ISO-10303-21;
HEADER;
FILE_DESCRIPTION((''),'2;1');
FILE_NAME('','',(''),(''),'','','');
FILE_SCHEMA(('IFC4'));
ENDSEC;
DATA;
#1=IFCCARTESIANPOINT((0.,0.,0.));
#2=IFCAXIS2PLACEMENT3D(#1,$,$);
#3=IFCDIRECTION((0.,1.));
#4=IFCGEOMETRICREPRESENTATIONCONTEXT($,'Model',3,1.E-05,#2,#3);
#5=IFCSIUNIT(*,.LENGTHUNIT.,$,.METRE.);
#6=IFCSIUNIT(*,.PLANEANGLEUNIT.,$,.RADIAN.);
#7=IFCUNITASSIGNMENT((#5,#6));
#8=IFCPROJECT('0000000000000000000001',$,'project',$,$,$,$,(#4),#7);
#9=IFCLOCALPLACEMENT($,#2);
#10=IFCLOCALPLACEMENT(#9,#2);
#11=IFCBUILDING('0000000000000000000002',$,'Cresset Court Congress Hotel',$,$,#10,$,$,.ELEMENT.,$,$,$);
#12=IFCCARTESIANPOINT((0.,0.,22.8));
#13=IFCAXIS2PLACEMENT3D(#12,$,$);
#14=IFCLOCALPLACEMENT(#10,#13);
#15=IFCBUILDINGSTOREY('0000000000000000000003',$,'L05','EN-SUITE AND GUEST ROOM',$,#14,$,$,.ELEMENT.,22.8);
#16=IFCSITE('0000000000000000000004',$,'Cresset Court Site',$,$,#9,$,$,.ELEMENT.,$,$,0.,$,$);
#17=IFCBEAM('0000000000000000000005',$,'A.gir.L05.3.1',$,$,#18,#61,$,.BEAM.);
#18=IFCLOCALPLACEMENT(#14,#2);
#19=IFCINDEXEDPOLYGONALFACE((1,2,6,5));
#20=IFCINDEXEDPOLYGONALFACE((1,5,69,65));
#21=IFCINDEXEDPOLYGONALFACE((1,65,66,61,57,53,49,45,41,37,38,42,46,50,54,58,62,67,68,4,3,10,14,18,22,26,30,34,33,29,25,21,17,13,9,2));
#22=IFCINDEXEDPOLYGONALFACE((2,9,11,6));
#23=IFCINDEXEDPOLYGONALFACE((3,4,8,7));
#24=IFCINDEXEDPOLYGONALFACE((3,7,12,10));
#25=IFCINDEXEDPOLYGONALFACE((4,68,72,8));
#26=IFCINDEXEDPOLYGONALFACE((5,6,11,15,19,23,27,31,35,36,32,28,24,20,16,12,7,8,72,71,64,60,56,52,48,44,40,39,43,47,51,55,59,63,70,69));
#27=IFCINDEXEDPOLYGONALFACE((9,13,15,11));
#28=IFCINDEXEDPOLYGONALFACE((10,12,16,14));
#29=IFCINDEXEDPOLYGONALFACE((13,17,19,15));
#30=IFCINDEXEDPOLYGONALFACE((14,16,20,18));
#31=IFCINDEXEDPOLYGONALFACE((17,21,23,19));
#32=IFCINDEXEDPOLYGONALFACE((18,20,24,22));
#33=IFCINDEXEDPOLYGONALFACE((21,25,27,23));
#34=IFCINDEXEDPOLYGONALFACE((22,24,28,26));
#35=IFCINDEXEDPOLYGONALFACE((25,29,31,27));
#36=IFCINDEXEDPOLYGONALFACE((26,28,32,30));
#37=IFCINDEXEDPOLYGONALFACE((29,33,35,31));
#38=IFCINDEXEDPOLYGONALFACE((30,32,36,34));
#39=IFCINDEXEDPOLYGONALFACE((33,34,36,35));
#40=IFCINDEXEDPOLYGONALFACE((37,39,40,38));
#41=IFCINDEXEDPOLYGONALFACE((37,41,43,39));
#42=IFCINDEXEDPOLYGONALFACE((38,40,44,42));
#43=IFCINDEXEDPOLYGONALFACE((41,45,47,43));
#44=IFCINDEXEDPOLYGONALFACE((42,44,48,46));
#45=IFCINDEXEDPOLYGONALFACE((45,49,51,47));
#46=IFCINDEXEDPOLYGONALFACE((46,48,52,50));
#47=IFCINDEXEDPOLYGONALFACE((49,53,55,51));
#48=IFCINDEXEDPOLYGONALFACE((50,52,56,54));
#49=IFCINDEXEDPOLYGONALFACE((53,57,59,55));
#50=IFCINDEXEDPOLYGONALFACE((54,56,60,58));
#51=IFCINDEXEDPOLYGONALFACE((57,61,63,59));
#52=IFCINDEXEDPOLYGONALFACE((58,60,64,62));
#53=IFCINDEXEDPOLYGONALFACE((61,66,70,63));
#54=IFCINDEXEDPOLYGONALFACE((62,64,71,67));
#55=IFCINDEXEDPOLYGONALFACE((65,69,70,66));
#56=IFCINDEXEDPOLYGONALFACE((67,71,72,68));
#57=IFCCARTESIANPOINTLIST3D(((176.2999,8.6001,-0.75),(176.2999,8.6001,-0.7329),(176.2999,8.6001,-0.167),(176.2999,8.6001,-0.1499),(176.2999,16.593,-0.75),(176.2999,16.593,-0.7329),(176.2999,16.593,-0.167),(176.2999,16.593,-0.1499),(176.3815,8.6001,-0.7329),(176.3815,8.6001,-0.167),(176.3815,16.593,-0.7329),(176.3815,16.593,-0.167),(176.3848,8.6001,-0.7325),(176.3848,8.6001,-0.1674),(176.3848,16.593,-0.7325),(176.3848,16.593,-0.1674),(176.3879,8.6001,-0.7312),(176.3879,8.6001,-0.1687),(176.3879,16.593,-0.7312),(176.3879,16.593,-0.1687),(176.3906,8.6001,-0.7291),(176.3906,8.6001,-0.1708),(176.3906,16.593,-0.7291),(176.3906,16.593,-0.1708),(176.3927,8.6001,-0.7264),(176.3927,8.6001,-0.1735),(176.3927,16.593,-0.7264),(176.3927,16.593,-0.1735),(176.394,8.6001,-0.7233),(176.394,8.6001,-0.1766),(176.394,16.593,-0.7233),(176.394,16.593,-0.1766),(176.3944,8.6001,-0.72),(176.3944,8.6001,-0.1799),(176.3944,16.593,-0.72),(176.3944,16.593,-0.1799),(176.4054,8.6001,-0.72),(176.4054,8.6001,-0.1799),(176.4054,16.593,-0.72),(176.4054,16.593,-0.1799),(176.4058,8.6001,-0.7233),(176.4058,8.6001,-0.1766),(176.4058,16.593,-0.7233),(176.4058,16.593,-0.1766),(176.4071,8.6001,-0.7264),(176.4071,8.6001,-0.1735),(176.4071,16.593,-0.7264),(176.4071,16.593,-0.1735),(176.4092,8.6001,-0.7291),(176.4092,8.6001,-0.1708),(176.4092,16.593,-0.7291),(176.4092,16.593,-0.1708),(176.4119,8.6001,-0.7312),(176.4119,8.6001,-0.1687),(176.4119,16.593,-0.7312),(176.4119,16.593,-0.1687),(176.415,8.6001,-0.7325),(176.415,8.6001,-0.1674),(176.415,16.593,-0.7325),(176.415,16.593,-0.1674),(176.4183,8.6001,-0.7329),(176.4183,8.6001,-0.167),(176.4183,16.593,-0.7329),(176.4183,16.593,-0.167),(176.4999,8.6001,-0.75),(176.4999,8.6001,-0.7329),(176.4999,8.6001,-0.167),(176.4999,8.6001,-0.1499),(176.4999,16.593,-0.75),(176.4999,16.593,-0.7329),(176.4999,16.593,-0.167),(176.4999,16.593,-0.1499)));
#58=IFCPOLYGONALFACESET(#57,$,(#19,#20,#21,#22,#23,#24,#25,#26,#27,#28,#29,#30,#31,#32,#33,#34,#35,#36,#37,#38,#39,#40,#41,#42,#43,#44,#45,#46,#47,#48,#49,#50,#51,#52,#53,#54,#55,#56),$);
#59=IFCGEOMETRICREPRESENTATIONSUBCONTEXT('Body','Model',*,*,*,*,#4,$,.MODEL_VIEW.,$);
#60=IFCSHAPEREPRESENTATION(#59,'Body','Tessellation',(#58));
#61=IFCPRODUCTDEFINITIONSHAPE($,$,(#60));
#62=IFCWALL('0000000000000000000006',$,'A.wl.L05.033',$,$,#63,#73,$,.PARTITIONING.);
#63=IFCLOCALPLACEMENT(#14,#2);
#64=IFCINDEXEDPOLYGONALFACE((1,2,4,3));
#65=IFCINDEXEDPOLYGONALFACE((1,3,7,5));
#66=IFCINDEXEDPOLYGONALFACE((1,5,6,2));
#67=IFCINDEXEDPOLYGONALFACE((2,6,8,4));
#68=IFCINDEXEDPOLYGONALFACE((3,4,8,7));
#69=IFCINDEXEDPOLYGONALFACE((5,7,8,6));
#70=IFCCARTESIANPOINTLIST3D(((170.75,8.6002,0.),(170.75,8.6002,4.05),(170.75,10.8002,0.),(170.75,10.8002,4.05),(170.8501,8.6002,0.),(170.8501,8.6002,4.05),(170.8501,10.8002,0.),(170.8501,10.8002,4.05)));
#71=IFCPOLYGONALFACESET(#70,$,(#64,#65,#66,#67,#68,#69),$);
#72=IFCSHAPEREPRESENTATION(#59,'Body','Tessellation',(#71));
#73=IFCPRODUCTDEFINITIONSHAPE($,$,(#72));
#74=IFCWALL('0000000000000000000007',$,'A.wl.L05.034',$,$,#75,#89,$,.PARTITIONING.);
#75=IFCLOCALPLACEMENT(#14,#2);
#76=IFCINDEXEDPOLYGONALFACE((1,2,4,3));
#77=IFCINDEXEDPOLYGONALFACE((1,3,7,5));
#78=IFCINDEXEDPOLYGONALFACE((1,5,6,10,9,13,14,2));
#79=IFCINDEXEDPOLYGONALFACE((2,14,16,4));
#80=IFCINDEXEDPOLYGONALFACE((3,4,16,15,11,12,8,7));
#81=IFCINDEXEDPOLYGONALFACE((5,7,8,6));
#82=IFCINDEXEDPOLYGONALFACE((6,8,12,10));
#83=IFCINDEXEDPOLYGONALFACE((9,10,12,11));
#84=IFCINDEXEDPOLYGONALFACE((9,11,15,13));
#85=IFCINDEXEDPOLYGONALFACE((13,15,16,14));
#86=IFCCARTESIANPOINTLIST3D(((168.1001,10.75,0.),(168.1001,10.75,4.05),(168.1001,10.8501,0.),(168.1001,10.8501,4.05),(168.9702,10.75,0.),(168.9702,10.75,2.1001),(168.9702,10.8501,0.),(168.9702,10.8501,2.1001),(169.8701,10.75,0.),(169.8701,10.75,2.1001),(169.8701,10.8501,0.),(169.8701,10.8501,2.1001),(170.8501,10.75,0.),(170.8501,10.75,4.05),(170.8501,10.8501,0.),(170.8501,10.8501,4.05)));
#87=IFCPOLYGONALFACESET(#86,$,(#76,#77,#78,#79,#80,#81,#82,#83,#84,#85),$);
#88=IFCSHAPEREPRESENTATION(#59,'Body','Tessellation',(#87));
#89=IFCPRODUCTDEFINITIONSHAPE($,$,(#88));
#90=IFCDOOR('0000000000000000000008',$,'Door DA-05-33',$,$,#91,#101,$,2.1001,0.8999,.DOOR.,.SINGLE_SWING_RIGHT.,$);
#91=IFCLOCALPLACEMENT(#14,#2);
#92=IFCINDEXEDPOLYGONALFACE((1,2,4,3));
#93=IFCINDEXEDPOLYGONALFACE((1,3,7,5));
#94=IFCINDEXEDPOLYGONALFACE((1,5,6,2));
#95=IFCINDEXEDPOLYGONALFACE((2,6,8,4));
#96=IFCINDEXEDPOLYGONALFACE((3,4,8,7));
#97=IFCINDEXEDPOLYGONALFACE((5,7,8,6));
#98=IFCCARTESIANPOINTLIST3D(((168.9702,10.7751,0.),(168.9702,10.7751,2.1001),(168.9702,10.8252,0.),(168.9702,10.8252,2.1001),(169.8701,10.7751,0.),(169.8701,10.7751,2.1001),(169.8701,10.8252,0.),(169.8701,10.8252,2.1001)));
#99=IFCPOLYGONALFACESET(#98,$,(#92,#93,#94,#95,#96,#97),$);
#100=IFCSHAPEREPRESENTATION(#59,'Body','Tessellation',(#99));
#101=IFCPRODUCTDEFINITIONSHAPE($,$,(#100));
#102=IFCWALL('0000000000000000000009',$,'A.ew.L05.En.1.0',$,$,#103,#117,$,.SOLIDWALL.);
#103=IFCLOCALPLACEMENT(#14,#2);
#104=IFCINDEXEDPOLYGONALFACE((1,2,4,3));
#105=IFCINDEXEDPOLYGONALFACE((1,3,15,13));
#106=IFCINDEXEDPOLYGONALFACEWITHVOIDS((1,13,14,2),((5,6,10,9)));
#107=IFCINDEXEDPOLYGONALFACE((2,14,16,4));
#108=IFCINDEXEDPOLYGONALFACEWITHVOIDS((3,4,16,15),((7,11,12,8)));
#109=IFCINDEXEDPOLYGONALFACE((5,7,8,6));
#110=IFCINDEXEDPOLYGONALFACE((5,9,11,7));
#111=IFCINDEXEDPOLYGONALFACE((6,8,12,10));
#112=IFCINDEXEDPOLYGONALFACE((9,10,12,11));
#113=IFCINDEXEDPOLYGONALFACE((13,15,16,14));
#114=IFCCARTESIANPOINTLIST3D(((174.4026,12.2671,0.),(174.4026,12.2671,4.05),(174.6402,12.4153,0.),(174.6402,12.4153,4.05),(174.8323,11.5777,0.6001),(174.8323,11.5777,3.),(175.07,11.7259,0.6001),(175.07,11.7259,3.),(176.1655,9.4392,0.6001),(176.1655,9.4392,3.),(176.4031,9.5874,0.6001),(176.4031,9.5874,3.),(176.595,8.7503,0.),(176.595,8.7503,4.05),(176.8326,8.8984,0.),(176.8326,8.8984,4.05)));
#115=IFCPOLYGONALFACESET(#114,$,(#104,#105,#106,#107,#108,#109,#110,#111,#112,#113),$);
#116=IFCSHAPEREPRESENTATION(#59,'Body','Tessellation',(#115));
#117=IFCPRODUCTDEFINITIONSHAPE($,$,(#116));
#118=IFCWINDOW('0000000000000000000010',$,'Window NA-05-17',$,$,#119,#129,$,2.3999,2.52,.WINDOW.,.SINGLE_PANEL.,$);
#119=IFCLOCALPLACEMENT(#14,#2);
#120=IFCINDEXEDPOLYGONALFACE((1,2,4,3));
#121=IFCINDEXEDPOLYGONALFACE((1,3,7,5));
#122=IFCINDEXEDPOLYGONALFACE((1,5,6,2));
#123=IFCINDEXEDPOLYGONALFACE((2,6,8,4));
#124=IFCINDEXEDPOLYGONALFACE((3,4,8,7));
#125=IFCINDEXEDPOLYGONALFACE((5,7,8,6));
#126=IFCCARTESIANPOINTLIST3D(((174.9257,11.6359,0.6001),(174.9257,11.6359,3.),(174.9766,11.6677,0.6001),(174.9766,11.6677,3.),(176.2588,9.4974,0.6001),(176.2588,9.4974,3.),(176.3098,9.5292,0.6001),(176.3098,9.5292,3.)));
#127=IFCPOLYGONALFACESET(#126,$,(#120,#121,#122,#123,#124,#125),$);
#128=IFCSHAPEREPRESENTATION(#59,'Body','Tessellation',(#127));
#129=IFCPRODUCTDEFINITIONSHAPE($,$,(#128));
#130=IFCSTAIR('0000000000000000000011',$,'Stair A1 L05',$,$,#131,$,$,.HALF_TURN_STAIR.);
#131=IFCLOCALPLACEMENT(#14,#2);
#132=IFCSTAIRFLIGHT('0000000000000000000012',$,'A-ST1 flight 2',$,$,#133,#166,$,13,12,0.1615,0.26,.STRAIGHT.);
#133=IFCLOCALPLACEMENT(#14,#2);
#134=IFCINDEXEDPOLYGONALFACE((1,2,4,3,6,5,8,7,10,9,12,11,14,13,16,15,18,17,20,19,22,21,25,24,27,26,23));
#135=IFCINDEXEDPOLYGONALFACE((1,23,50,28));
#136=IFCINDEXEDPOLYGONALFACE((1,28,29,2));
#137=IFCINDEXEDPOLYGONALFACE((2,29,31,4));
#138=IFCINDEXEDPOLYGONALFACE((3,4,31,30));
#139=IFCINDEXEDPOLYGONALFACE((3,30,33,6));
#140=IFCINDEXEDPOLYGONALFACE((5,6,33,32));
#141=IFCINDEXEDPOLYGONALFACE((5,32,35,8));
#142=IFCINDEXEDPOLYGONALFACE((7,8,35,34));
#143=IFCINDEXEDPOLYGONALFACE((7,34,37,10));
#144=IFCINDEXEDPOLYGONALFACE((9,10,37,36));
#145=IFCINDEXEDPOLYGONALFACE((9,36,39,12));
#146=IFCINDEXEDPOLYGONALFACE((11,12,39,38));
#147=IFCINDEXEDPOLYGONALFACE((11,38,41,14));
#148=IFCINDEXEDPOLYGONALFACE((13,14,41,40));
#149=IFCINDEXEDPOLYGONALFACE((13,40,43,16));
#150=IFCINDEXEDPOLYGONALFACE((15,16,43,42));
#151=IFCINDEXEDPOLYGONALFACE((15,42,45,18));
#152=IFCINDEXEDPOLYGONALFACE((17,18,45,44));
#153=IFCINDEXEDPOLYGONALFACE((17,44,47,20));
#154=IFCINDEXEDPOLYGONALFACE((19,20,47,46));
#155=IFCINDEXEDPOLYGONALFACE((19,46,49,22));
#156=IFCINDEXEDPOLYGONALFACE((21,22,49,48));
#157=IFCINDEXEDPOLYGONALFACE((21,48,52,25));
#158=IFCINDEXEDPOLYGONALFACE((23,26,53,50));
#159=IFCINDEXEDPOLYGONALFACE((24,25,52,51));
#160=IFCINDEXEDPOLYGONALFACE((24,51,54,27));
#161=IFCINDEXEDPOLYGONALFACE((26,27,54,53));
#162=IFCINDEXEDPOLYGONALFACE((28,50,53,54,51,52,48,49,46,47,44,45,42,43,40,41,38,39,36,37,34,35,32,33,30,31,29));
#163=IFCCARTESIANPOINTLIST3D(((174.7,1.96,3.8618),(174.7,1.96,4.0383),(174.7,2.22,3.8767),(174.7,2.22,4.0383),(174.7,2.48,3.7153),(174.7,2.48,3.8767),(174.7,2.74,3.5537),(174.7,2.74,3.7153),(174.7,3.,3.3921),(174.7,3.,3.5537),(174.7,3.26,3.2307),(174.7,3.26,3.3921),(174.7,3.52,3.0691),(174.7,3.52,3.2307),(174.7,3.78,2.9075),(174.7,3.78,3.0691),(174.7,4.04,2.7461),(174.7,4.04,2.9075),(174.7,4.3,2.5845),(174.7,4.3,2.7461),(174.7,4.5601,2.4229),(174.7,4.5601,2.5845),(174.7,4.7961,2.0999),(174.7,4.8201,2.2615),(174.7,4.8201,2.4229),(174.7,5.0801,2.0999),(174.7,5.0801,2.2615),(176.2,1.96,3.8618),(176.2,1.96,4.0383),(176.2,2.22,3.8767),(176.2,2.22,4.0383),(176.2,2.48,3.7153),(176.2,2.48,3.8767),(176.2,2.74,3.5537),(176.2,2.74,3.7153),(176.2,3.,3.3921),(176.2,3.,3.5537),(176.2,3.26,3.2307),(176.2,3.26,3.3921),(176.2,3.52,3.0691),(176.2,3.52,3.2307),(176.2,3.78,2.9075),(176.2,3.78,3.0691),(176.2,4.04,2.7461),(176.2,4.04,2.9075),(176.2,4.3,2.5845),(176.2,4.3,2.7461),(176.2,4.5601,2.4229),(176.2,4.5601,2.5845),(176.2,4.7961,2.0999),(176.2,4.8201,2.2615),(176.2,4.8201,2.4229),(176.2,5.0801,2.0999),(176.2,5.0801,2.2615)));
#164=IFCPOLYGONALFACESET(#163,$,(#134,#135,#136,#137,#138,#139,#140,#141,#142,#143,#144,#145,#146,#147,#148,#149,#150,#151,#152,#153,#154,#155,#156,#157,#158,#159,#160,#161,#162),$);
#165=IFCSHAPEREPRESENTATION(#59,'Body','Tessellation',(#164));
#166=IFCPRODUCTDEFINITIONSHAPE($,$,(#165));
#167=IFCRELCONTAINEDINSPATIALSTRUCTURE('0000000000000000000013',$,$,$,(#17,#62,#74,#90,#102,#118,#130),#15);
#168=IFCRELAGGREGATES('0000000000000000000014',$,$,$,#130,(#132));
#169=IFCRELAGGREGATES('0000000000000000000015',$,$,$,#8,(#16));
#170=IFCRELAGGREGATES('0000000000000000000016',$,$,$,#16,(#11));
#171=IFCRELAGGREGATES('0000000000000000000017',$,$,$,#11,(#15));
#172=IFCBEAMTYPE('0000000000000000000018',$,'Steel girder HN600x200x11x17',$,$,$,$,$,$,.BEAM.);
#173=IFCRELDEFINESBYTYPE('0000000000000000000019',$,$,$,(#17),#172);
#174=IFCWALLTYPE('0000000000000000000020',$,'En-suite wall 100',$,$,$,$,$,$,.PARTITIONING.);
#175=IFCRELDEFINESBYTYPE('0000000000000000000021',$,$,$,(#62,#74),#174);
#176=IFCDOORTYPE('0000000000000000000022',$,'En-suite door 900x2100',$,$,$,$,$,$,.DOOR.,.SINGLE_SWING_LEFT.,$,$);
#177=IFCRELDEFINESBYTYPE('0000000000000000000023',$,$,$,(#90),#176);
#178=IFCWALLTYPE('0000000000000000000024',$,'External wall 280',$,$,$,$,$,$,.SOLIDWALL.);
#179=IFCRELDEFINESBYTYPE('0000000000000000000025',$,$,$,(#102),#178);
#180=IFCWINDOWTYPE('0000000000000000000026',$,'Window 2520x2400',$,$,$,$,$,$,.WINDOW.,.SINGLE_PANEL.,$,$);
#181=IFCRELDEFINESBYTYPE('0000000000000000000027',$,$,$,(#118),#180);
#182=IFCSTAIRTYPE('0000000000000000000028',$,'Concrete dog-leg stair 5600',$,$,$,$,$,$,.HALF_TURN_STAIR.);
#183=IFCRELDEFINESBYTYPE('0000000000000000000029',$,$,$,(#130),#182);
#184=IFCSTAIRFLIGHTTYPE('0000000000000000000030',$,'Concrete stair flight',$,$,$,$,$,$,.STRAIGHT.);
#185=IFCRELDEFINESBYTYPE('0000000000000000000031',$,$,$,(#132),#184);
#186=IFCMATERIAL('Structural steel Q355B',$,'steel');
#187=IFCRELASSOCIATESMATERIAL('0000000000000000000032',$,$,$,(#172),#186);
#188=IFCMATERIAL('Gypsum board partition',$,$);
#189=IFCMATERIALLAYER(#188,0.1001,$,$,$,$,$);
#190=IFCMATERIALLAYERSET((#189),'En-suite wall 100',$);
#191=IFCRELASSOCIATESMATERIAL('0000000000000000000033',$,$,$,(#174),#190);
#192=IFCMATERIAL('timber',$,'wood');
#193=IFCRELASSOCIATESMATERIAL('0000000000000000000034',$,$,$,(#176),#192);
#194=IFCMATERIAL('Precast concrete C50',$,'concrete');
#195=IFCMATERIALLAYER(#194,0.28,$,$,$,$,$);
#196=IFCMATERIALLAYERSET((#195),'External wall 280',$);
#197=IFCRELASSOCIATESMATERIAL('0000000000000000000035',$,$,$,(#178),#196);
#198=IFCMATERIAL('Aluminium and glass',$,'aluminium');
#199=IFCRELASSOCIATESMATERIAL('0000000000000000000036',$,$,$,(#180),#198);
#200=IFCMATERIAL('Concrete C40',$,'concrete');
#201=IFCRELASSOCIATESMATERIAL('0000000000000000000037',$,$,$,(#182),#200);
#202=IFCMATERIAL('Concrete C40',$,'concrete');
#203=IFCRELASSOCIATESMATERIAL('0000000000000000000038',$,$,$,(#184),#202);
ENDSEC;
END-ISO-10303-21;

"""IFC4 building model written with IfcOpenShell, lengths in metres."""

from ifc_helpers import new_model, si_unit, direction, frame, frame_2d, origin, origin_2d, place, context, subcontext, project, spatial, polyline, rectangle, i_section, outline, extrude, material, layer, layer_set, material_profile, profile_set, type_object, element, fill, aggregate, save


model = new_model("IFC4")

# Units and contexts
model_context = context("Model", 3, precision=1e-05, world=origin(), true_north=direction((0.0, 1.0)))
body_context = subcontext(model_context, "Body", "Model", "MODEL_VIEW")
ifc_project = project(units=[si_unit("LENGTHUNIT", "METRE"), si_unit("PLANEANGLEUNIT", "RADIAN")], contexts=[model_context])

# Site, building, storey
site_placement = place(None, origin())
site = spatial("IfcSite", under=ifc_project, at=site_placement, Name="Cresset Court Site", CompositionType="ELEMENT", RefElevation=0.0)
building_placement = place(site_placement, origin())
building = spatial("IfcBuilding", under=site, at=building_placement, Name="Cresset Court Congress Hotel", CompositionType="ELEMENT")
storey_placement = place(building_placement, frame((0.0, 0.0, 22.8)))
storey = spatial("IfcBuildingStorey", under=building, at=storey_placement, Name="L05", Description="EN-SUITE AND GUEST ROOM", CompositionType="ELEMENT", Elevation=22.8)

# Beam
ifc_material_1 = material(Name="Structural steel Q355B", Category="steel")
ifc_material_profile = material_profile(ifc_material_1, i_section(OverallWidth=0.2, OverallDepth=0.6001, WebThickness=0.011, FlangeThickness=0.0171, FilletRadius=0.0129, at=origin_2d()), Name="HN600x200x11x17")
ifc_profile_set = profile_set([ifc_material_profile], Name="Structural steel Q355B")
beam_type = type_object("IfcBeamType", Name="Steel girder HN600x200x11x17", PredefinedType="BEAM", material=ifc_profile_set)
beam_placement = place(storey_placement, frame((176.3999, 8.6001, -0.45), z_axis=(0.0, 1.0, 0.0), x_axis=(-1.0, 0.0, 0.0)))
element("IfcBeam", 1, at=beam_placement, inside=storey, type_object=beam_type, Name="A.gir.L05.3.1", PredefinedType="BEAM", context=body_context, shape_type="SweptSolid", body=[
    extrude(i_section(OverallWidth=0.2, OverallDepth=0.6001, WebThickness=0.011, FlangeThickness=0.0171, FilletRadius=0.0129, at=origin_2d()), origin(), (0.0, 0.0, 1.0), 7.9929),
])

# Wall
ifc_material_2 = material(Name="Gypsum board partition")
ifc_layer_1 = layer(ifc_material_2, 0.1001)
ifc_layer_set_1 = layer_set([ifc_layer_1], Name="En-suite wall 100")
wall_type_1 = type_object("IfcWallType", Name="En-suite wall 100", PredefinedType="PARTITIONING", material=ifc_layer_set_1)
wall_1_placement = place(storey_placement, frame((170.8, 8.6001, 0.0), z_axis=(0.0, 0.0, 1.0), x_axis=(0.0, 1.0, 0.0)))
element("IfcWall", 2, at=wall_1_placement, inside=storey, type_object=wall_type_1, Name="A.wl.L05.033", PredefinedType="PARTITIONING", context=body_context, shape_type="SweptSolid", body=[
    extrude(rectangle(XDim=2.2, YDim=0.1001, at=frame_2d((1.1001, 0.0))), origin(), (0.0, 0.0, 1.0), 4.05),
])

# Wall, opening, door
wall_2_placement = place(storey_placement, frame((170.8501, 10.8, 0.0), z_axis=(0.0, 0.0, 1.0), x_axis=(-1.0, 0.0, 0.0)))
wall_2 = element("IfcWall", 3, at=wall_2_placement, inside=storey, type_object=wall_type_1, Name="A.wl.L05.034", PredefinedType="PARTITIONING", context=body_context, shape_type="SweptSolid", body=[
    extrude(rectangle(XDim=2.75, YDim=0.1001, at=frame_2d((1.375, 0.0))), origin(), (0.0, 0.0, 1.0), 4.05),
])
opening_1_placement = place(wall_2_placement, frame((0.98, 0.0, 0.0)))
opening_1 = element("IfcOpeningElement", 4, at=opening_1_placement, cuts=wall_2, PredefinedType="OPENING", context=body_context, shape_type="SweptSolid", body=[
    extrude(rectangle(XDim=0.8999, YDim=2.1001, at=frame_2d((0.45, 1.05))), frame((0.0, 0.0601, 0.0), z_axis=(0.0, -1.0, 0.0), x_axis=(1.0, 0.0, 0.0)), (0.0, 0.0, 1.0), 0.1201),
])
ifc_material_3 = material(Name="timber", Category="wood")
door_type = type_object("IfcDoorType", Name="En-suite door 900x2100", OperationType="SINGLE_SWING_LEFT", PredefinedType="DOOR", material=ifc_material_3)
door_placement = place(opening_1_placement, origin())
door = element("IfcDoor", 5, at=door_placement, inside=storey, type_object=door_type, Name="Door DA-05-33", OperationType="SINGLE_SWING_RIGHT", OverallHeight=2.1001, OverallWidth=0.8999, PredefinedType="DOOR", context=body_context, shape_type="SweptSolid", body=[
    extrude(rectangle(XDim=0.8999, YDim=2.1001, at=frame_2d((0.45, 1.05))), frame((0.0, 0.0249, 0.0), z_axis=(0.0, -1.0, 0.0), x_axis=(1.0, 0.0, 0.0)), (0.0, 0.0, 1.0), 0.05),
])
fill(opening_1, door)

# Wall, opening, window
ifc_material_4 = material(Name="Precast concrete C50", Category="concrete")
ifc_layer_2 = layer(ifc_material_4, 0.28)
ifc_layer_set_2 = layer_set([ifc_layer_2], Name="External wall 280")
wall_type_2 = type_object("IfcWallType", Name="External wall 280", PredefinedType="SOLIDWALL", material=ifc_layer_set_2)
wall_3_placement = place(storey_placement, frame((176.7139, 8.8242, 0.0), z_axis=(0.0, 0.0, 1.0), x_axis=(-0.529019, 0.84861, 0.0)))
wall_3 = element("IfcWall", 6, at=wall_3_placement, inside=storey, type_object=wall_type_2, Name="A.ew.L05.En.1.0", PredefinedType="SOLIDWALL", context=body_context, shape_type="SweptSolid", body=[
    extrude(rectangle(XDim=4.1443, YDim=0.28, at=frame_2d((2.0723, 0.0))), origin(), (0.0, 0.0, 1.0), 4.05),
])
opening_2_placement = place(wall_3_placement, frame((0.812, 0.0, 0.6001)))
opening_2 = element("IfcOpeningElement", 7, at=opening_2_placement, cuts=wall_3, PredefinedType="OPENING", context=body_context, shape_type="SweptSolid", body=[
    extrude(rectangle(XDim=2.52, YDim=2.3999, at=frame_2d((1.26, 1.2))), frame((0.0, 0.1499, 0.0), z_axis=(0.0, -1.0, 0.0), x_axis=(1.0, 0.0, 0.0)), (0.0, 0.0, 1.0), 0.3),
])
ifc_material_5 = material(Name="Aluminium and glass", Category="aluminium")
window_type = type_object("IfcWindowType", Name="Window 2520x2400", PartitioningType="SINGLE_PANEL", PredefinedType="WINDOW", material=ifc_material_5)
window_placement = place(opening_2_placement, origin())
window = element("IfcWindow", 8, at=window_placement, inside=storey, type_object=window_type, Name="Window NA-05-17", OverallHeight=2.3999, OverallWidth=2.52, PartitioningType="SINGLE_PANEL", PredefinedType="WINDOW", context=body_context, shape_type="SweptSolid", body=[
    extrude(rectangle(XDim=2.52, YDim=2.3999, at=frame_2d((1.26, 1.2))), frame((0.0, 0.03, 0.0), z_axis=(0.0, -1.0, 0.0), x_axis=(1.0, 0.0, 0.0)), (0.0, 0.0, 1.0), 0.0601),
])
fill(opening_2, window)

# Stair, stair flight
ifc_material_6 = material(Name="Concrete C40", Category="concrete")
stair_type = type_object("IfcStairType", Name="Concrete dog-leg stair 5600", PredefinedType="HALF_TURN_STAIR", material=ifc_material_6)
stair_placement = place(storey_placement, origin())
stair = element("IfcStair", 9, at=stair_placement, inside=storey, type_object=stair_type, Name="Stair A1 L05", PredefinedType="HALF_TURN_STAIR")
ifc_material_7 = material(Name="Concrete C40", Category="concrete")
stair_flight_type = type_object("IfcStairFlightType", Name="Concrete stair flight", PredefinedType="STRAIGHT", material=ifc_material_7)
stair_flight_placement = place(storey_placement, frame((175.45, 5.0801, 2.0999), z_axis=(0.0, 0.0, 1.0), x_axis=(0.0, -1.0, 0.0)))
stair_flight = element("IfcStairFlight", 10, at=stair_flight_placement, type_object=stair_flight_type, Name="A-ST1 flight 2", NumberOfRisers=13, NumberOfTreads=12, PredefinedType="STRAIGHT", RiserHeight=0.1615, TreadLength=0.26, context=body_context, shape_type="SweptSolid", body=[
    extrude(outline(polyline([(0.0, 0.0), (0.0, 0.1616), (0.26, 0.1616), (0.26, 0.323), (0.52, 0.323), (0.52, 0.4846), (0.78, 0.4846), (0.78, 0.6462), (1.04, 0.6462), (1.04, 0.8076), (1.3, 0.8076), (1.3, 0.9692), (1.5601, 0.9692), (1.5601, 1.1309), (1.8201, 1.1309), (1.8201, 1.2922), (2.0801, 1.2922), (2.0801, 1.4539), (2.3401, 1.4539), (2.3401, 1.6155), (2.6001, 1.6155), (2.6001, 1.7769), (2.8601, 1.7769), (2.8601, 1.9385), (3.1201, 1.9385), (3.1201, 2.1001), (3.1201, 1.762), (0.2839, 0.0), (0.0, 0.0)])), frame((0.0, 0.75, 0.0), z_axis=(0.0, -1.0, 0.0), x_axis=(1.0, 0.0, 0.0)), (0.0, 0.0, 1.0), 1.5),
])
aggregate(stair, [stair_flight])

save(model, "model.ifc")
